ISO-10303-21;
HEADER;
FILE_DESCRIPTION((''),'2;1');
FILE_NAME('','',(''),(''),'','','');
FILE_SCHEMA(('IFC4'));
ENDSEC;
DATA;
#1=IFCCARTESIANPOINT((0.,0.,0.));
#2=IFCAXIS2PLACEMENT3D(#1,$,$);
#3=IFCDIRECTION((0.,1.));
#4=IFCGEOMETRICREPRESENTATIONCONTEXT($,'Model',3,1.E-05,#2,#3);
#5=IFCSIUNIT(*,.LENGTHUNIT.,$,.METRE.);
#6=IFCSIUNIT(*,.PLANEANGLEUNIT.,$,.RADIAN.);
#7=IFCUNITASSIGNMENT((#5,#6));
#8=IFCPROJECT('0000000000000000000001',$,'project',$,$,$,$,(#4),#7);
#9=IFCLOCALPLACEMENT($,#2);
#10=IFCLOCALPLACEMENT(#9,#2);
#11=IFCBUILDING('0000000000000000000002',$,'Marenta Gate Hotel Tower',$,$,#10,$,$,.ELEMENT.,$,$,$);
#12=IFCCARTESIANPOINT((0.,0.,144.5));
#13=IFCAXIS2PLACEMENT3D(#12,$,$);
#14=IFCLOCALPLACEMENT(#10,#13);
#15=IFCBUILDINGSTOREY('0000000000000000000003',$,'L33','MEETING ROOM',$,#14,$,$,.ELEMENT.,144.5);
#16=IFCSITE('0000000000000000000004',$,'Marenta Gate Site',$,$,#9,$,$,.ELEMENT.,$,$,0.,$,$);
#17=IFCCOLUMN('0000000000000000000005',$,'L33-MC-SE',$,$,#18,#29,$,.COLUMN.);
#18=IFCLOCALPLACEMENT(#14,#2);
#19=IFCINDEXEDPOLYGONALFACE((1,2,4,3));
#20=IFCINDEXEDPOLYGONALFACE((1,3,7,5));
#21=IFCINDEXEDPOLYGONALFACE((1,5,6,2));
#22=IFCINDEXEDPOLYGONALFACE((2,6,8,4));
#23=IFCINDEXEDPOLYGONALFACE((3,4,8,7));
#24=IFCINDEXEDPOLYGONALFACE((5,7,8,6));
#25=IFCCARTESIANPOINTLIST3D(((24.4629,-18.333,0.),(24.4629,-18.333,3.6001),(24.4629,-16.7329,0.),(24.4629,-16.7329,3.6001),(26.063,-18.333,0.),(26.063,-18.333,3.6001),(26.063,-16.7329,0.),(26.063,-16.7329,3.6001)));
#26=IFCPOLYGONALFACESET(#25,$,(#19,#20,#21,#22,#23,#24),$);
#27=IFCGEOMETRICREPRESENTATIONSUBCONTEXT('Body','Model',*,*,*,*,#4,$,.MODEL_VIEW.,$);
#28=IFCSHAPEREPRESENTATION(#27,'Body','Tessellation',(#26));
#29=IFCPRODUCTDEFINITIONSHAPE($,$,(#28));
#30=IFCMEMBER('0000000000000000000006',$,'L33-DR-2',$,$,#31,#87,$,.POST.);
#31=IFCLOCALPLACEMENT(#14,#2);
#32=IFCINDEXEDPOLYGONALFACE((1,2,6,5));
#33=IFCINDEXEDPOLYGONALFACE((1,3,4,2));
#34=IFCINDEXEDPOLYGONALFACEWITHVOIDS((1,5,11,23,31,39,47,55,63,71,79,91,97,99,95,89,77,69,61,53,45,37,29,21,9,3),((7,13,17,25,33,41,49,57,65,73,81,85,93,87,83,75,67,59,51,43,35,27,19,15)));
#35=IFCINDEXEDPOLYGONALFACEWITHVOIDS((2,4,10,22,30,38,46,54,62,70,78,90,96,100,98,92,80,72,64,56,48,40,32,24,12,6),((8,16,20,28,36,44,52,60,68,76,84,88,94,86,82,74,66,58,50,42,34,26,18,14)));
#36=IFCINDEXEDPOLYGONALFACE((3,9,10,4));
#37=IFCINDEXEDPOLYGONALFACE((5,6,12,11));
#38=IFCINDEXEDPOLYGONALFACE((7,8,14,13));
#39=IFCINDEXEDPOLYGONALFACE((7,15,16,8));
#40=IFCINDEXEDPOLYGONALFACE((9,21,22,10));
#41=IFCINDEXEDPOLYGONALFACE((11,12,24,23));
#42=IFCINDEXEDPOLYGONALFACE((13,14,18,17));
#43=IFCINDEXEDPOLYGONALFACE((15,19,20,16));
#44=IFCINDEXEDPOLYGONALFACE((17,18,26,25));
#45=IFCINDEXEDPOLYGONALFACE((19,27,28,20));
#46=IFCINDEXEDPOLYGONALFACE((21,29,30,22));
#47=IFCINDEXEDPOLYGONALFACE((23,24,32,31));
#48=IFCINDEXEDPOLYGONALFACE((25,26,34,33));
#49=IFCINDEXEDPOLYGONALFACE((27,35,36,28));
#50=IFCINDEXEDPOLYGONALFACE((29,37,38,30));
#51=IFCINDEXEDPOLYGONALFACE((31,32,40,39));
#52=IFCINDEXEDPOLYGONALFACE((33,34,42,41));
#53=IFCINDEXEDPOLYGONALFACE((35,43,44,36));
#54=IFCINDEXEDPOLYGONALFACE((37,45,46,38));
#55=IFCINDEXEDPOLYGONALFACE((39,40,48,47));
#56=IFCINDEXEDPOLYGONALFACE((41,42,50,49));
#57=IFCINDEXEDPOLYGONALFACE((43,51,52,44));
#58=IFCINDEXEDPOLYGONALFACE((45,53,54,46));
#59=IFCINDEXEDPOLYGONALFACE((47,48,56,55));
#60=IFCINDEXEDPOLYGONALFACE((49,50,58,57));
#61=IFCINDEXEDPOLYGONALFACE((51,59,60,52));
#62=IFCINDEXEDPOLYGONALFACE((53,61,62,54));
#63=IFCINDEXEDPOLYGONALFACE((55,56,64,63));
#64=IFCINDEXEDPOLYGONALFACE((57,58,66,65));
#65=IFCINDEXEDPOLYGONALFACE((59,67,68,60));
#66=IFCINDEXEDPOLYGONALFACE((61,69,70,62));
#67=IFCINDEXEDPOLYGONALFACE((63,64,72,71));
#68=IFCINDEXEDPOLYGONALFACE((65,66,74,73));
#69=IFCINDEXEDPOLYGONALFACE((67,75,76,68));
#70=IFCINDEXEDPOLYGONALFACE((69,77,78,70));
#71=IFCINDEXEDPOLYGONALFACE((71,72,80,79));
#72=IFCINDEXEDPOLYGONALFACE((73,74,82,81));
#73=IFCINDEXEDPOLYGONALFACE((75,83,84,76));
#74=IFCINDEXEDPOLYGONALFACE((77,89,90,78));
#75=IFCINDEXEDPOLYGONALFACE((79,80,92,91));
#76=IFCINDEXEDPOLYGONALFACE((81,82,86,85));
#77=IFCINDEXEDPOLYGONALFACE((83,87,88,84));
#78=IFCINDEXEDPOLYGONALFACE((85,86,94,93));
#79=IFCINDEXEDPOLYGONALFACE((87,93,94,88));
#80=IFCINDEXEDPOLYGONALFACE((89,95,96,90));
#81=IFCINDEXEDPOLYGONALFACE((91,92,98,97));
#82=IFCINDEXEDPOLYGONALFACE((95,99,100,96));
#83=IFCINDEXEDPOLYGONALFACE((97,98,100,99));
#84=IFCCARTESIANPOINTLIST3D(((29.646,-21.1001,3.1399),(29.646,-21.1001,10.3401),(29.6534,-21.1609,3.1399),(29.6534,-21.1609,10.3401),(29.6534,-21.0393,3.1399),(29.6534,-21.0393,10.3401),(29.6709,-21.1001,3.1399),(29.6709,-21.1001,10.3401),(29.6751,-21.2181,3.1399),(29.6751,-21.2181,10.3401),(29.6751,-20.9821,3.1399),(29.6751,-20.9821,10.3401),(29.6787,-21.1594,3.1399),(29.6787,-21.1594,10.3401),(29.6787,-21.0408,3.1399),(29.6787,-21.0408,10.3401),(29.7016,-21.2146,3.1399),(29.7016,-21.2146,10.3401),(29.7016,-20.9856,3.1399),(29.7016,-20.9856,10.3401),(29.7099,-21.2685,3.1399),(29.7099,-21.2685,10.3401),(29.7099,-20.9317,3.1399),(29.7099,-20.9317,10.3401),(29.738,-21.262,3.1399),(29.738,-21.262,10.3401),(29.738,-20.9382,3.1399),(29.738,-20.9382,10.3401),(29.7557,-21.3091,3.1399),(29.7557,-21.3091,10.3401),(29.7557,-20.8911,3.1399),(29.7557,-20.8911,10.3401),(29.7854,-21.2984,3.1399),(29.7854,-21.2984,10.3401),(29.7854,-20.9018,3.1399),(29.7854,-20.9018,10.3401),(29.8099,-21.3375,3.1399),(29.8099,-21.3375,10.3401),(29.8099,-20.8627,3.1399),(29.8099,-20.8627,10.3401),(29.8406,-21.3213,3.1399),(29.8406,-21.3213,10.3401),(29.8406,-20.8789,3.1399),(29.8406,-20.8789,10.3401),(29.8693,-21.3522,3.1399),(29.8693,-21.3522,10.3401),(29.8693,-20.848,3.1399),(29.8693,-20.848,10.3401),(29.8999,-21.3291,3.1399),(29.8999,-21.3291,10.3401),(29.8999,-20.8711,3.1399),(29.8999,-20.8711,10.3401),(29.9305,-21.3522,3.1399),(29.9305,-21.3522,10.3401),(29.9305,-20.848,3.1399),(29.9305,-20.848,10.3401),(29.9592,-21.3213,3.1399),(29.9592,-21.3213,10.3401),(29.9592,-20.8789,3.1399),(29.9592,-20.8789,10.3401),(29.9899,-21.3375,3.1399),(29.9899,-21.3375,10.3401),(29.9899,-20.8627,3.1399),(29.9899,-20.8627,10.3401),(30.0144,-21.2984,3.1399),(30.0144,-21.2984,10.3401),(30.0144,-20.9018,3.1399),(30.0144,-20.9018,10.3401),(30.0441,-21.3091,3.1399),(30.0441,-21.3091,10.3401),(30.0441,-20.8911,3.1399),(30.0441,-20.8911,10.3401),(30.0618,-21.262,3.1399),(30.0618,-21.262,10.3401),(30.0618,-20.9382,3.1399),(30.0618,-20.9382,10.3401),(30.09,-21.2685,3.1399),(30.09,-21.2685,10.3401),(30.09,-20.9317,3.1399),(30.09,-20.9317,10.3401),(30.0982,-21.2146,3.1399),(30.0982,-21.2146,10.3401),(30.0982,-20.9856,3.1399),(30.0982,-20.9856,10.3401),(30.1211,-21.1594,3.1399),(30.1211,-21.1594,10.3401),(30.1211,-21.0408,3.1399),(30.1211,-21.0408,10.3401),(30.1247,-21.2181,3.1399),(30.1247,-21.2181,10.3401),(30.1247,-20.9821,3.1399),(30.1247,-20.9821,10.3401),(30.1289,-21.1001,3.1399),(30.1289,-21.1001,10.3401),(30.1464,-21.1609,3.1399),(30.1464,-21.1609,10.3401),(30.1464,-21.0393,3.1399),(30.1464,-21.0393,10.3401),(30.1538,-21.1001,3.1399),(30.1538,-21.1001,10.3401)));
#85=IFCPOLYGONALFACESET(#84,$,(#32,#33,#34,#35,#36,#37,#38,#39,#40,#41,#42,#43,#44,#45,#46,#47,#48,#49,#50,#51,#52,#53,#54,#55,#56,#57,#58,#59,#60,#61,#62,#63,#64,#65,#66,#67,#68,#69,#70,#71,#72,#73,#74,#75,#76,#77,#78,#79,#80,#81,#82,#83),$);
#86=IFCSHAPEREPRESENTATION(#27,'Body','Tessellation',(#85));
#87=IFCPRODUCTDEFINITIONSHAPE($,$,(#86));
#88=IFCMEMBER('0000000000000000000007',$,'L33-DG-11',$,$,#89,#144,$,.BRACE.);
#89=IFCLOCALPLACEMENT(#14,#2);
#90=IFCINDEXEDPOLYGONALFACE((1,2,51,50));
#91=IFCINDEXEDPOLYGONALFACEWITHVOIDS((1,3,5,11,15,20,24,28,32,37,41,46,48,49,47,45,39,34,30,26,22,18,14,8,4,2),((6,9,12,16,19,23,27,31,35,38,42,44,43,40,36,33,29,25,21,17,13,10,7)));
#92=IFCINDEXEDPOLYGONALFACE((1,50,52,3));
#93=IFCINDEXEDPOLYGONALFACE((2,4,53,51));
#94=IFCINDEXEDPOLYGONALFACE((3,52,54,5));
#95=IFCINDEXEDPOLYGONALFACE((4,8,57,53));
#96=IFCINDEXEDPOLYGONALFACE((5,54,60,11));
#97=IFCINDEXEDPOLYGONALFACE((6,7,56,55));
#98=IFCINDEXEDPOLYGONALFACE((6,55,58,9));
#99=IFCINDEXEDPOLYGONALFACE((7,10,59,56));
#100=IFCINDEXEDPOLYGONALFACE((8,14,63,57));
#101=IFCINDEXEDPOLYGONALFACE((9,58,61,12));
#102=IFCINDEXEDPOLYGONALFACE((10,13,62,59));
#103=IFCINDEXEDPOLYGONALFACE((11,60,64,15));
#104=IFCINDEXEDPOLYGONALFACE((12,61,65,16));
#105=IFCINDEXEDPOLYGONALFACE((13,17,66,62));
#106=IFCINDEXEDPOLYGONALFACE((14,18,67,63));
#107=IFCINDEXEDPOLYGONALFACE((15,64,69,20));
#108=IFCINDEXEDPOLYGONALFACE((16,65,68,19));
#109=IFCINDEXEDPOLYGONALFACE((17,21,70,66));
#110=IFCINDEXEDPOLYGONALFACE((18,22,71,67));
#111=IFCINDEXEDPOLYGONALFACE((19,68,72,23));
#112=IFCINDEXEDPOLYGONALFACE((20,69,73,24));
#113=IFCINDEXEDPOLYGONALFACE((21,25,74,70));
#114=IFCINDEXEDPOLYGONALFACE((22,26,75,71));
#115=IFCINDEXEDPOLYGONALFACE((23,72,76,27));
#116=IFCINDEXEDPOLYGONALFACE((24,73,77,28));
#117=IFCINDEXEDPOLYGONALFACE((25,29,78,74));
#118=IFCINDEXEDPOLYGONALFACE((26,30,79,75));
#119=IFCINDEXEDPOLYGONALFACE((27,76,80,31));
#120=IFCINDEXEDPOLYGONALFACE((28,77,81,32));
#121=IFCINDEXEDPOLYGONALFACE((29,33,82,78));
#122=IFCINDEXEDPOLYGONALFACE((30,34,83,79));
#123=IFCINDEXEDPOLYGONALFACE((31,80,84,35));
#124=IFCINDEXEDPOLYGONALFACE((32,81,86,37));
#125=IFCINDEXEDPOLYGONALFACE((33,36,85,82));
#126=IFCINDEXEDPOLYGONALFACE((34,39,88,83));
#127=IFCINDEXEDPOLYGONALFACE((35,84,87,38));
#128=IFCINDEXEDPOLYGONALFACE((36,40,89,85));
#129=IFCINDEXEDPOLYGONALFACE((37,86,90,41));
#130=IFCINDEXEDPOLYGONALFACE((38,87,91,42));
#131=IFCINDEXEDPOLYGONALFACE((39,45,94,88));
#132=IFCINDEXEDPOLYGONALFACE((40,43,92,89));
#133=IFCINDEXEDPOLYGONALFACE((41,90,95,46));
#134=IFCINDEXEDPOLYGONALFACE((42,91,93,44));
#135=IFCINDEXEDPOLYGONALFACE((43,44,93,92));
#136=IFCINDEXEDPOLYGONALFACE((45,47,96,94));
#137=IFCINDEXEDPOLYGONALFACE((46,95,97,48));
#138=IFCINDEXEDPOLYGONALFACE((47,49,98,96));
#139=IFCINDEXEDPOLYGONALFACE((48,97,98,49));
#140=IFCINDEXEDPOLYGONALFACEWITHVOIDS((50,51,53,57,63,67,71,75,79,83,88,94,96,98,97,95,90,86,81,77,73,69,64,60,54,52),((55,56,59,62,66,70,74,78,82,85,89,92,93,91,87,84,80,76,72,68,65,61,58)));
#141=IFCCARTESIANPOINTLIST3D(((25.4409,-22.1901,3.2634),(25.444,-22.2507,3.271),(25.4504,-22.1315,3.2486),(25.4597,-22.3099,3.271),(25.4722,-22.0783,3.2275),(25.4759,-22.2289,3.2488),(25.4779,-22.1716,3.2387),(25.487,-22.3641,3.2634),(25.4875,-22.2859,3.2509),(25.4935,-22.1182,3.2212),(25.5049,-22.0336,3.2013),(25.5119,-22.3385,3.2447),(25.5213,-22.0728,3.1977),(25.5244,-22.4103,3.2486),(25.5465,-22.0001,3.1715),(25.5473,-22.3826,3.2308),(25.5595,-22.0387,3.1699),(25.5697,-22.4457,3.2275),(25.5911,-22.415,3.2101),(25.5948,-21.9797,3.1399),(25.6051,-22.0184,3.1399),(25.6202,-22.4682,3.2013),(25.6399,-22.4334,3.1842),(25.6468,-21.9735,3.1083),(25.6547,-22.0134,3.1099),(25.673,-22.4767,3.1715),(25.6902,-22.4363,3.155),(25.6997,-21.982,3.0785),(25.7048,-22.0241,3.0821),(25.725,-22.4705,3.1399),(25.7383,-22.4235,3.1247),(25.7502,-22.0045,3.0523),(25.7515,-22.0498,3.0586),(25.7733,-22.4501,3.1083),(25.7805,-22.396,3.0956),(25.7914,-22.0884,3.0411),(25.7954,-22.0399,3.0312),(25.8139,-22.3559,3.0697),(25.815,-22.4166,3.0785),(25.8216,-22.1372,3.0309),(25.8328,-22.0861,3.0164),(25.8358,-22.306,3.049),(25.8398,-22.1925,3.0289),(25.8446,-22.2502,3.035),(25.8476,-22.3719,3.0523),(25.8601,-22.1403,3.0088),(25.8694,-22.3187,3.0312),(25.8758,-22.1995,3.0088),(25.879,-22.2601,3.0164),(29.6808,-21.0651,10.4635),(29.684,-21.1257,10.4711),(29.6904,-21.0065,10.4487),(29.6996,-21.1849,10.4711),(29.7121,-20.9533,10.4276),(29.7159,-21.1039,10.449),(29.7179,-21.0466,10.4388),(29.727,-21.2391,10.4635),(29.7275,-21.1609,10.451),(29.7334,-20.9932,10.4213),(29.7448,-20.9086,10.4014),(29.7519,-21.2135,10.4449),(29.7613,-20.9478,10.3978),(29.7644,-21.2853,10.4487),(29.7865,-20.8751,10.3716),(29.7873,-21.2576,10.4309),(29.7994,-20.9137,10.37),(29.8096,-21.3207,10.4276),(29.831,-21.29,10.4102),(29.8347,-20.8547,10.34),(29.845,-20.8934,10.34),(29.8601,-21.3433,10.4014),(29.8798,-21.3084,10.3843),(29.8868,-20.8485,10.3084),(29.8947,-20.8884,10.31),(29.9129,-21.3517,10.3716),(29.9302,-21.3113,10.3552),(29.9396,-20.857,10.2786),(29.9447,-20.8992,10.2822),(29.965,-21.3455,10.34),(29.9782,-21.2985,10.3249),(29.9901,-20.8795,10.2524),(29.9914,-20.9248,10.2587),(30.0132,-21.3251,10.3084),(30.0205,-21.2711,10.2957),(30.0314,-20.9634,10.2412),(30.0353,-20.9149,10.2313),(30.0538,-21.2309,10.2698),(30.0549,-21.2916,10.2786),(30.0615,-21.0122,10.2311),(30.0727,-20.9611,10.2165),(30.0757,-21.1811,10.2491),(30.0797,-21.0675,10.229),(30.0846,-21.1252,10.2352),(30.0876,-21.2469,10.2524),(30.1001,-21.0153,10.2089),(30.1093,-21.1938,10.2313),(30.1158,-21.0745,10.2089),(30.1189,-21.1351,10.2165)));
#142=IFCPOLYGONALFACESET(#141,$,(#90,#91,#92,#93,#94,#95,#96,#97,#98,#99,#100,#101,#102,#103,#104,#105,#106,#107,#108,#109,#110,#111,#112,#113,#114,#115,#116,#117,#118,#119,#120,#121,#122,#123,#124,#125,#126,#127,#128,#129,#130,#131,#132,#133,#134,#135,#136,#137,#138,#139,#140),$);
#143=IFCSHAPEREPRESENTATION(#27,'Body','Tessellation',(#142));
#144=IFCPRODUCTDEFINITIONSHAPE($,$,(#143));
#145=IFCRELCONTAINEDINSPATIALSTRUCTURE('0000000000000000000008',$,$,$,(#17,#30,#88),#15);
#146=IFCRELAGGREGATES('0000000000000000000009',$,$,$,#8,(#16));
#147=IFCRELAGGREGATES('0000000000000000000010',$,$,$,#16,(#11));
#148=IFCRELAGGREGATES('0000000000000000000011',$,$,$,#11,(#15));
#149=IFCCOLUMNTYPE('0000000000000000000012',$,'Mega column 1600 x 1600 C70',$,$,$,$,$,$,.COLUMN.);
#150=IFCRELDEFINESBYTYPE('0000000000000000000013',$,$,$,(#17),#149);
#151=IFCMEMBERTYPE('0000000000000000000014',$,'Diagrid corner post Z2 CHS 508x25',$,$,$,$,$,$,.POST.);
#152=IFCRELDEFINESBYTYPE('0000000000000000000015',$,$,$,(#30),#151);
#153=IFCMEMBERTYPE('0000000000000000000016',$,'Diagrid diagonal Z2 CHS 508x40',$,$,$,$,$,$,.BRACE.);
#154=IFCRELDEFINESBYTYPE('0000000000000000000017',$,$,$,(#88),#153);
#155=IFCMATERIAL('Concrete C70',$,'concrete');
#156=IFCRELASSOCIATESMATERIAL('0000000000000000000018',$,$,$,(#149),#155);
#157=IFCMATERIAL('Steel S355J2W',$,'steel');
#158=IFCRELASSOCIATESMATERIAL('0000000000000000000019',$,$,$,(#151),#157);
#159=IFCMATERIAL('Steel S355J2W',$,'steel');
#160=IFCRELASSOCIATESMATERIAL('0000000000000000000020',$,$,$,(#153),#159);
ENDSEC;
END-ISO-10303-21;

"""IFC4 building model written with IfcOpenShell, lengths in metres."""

from ifc_helpers import new_model, si_unit, direction, frame, origin, origin_2d, place, context, subcontext, project, spatial, rectangle, hollow_circle, extrude, material, material_profile, profile_set, type_object, element, save


model = new_model("IFC4")

# Units and contexts
model_context = context("Model", 3, precision=1e-05, world=origin(), true_north=direction((0.0, 1.0)))
body_context = subcontext(model_context, "Body", "Model", "MODEL_VIEW")
ifc_project = project(units=[si_unit("LENGTHUNIT", "METRE"), si_unit("PLANEANGLEUNIT", "RADIAN")], contexts=[model_context])

# Site, building, storey
site_placement = place(None, origin())
site = spatial("IfcSite", under=ifc_project, at=site_placement, Name="Marenta Gate Site", CompositionType="ELEMENT", RefElevation=0.0)
building_placement = place(site_placement, origin())
building = spatial("IfcBuilding", under=site, at=building_placement, Name="Marenta Gate Hotel Tower", CompositionType="ELEMENT")
storey_placement = place(building_placement, frame((0.0, 0.0, 144.5)))
storey = spatial("IfcBuildingStorey", under=building, at=storey_placement, Name="L33", Description="MEETING ROOM", CompositionType="ELEMENT", Elevation=144.5)

# Column
ifc_material_1 = material(Name="Concrete C70", Category="concrete")
ifc_material_profile_1 = material_profile(ifc_material_1, rectangle(XDim=1.6001, YDim=1.6001, at=origin_2d()), Name="1600 x 1600")
ifc_profile_set_1 = profile_set([ifc_material_profile_1], Name="Concrete C70")
column_type = type_object("IfcColumnType", Name="Mega column 1600 x 1600 C70", PredefinedType="COLUMN", material=ifc_profile_set_1)
column_placement = place(storey_placement, frame((25.2629, -17.533, 0.0), z_axis=(0.0, 0.0, 1.0), x_axis=(1.0, 0.0, 0.0)))
element("IfcColumn", 1, at=column_placement, inside=storey, type_object=column_type, Name="L33-MC-SE", PredefinedType="COLUMN", context=body_context, shape_type="SweptSolid", body=[
    extrude(rectangle(XDim=1.6001, YDim=1.6001, at=origin_2d()), origin(), (0.0, 0.0, 1.0), 3.6001),
])

# Members
ifc_material_2 = material(Name="Steel S355J2W", Category="steel")
ifc_material_profile_2 = material_profile(ifc_material_2, hollow_circle(Radius=0.2539, WallThickness=0.0249, at=origin_2d()), Name="CHS 508x25")
ifc_profile_set_2 = profile_set([ifc_material_profile_2], Name="Steel S355J2W")
member_type_1 = type_object("IfcMemberType", Name="Diagrid corner post Z2 CHS 508x25", PredefinedType="POST", material=ifc_profile_set_2)
member_1_placement = place(storey_placement, frame((29.8999, -21.1001, 3.1399), z_axis=(0.0, 0.0, 1.0), x_axis=(1.0, 0.0, 0.0)))
element("IfcMember", 2, at=member_1_placement, inside=storey, type_object=member_type_1, Name="L33-DR-2", PredefinedType="POST", context=body_context, shape_type="SweptSolid", body=[
    extrude(hollow_circle(Radius=0.2539, WallThickness=0.0249, at=origin_2d()), origin(), (0.0, 0.0, 1.0), 7.2002),
])
ifc_material_3 = material(Name="Steel S355J2W", Category="steel")
ifc_material_profile_3 = material_profile(ifc_material_3, hollow_circle(Radius=0.2539, WallThickness=0.04, at=origin_2d()), Name="CHS 508x40")
ifc_profile_set_3 = profile_set([ifc_material_profile_3], Name="Steel S355J2W")
member_type_2 = type_object("IfcMemberType", Name="Diagrid diagonal Z2 CHS 508x40", PredefinedType="BRACE", material=ifc_profile_set_3)
member_2_placement = place(storey_placement, frame((25.6599, -22.2251, 3.1399), z_axis=(0.50289, 0.133432, 0.853989), x_axis=(-0.256457, 0.966556, 0.0)))
element("IfcMember", 3, at=member_2_placement, inside=storey, type_object=member_type_2, Name="L33-DG-11", PredefinedType="BRACE", context=body_context, shape_type="SweptSolid", body=[
    extrude(hollow_circle(Radius=0.2539, WallThickness=0.04, at=origin_2d()), origin(), (0.0, 0.0, 1.0), 8.4312),
])

save(model, "model.ifc")
